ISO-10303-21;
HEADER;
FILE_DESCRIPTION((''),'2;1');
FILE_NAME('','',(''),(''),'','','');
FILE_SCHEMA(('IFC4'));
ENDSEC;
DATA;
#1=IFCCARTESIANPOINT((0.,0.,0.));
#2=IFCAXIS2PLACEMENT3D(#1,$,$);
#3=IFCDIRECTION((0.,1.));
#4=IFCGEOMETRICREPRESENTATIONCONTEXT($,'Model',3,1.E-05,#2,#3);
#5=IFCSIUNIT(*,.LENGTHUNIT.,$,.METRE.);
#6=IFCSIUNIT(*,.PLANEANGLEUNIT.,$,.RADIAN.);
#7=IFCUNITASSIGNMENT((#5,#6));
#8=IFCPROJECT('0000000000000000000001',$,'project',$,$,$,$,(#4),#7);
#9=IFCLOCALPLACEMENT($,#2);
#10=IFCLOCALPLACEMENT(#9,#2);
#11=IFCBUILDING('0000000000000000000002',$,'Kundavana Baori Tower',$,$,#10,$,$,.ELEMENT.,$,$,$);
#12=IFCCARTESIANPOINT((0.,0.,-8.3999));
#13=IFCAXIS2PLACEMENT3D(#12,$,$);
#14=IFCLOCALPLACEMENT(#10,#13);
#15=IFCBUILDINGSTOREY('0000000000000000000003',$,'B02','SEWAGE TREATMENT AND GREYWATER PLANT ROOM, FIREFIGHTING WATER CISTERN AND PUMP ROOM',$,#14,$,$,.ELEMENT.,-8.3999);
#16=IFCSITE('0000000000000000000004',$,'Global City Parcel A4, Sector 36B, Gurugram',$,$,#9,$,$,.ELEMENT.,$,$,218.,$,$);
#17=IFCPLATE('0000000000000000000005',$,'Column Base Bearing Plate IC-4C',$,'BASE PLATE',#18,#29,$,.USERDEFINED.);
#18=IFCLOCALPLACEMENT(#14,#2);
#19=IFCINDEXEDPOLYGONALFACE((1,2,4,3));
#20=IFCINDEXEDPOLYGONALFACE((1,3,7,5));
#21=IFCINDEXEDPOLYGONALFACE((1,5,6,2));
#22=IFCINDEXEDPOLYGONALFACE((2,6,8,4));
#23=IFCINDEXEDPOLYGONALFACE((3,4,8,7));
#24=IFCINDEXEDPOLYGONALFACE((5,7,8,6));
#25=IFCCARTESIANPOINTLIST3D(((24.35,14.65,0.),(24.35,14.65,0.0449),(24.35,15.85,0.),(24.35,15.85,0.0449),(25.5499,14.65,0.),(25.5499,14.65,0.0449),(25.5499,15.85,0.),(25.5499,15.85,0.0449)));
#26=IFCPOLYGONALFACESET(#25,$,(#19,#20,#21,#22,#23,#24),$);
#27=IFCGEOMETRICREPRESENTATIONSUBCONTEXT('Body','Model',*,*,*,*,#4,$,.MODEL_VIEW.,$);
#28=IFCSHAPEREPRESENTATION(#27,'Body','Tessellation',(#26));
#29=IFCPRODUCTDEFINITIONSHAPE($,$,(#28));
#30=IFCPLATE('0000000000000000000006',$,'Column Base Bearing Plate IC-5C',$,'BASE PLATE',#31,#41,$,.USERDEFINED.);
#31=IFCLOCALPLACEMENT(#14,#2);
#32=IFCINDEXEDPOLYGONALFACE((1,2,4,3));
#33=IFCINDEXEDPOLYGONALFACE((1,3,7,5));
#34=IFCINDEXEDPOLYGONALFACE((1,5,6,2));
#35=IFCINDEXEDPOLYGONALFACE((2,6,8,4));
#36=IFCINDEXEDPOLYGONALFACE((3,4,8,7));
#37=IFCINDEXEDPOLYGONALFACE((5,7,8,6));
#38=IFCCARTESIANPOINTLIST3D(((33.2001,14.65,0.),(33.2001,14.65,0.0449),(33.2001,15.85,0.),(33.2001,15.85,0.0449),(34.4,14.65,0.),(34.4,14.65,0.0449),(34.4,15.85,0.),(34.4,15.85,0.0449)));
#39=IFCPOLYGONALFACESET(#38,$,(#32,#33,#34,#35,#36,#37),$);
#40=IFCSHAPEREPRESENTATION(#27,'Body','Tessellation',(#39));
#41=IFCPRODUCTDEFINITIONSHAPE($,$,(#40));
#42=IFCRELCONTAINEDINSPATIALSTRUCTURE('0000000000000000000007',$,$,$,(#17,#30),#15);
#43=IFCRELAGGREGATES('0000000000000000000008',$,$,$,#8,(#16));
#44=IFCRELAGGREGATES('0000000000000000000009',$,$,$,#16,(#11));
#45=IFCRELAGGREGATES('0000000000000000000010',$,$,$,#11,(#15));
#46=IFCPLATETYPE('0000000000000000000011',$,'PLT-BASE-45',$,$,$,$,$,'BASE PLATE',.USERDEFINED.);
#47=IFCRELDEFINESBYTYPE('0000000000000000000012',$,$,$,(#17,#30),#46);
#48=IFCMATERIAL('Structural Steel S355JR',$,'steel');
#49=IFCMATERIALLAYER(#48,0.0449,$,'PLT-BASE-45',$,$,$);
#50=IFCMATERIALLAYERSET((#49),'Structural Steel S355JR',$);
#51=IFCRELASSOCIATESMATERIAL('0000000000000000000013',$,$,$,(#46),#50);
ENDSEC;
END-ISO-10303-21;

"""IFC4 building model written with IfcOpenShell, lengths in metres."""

from ifc_helpers import new_model, si_unit, direction, frame, origin, origin_2d, place, context, subcontext, project, spatial, rectangle, extrude, material, layer, layer_set, type_object, element, save


model = new_model("IFC4")

# Units and contexts
model_context = context("Model", 3, precision=1e-05, world=origin(), true_north=direction((0.0, 1.0)))
body_context = subcontext(model_context, "Body", "Model", "MODEL_VIEW")
ifc_project = project(units=[si_unit("LENGTHUNIT", "METRE"), si_unit("PLANEANGLEUNIT", "RADIAN")], contexts=[model_context])

# Site, building, storey
site_placement = place(None, origin())
site = spatial("IfcSite", under=ifc_project, at=site_placement, Name="Global City Parcel A4, Sector 36B, Gurugram", CompositionType="ELEMENT", RefElevation=218.0)
building_placement = place(site_placement, origin())
building = spatial("IfcBuilding", under=site, at=building_placement, Name="Kundavana Baori Tower", CompositionType="ELEMENT")
storey_placement = place(building_placement, frame((0.0, 0.0, -8.3999)))
storey = spatial("IfcBuildingStorey", under=building, at=storey_placement, Name="B02", Description="SEWAGE TREATMENT AND GREYWATER PLANT ROOM, FIREFIGHTING WATER CISTERN AND PUMP ROOM", CompositionType="ELEMENT", Elevation=-8.3999)

# Plates
ifc_material_1 = material(Name="Structural Steel S355JR", Category="steel")
ifc_layer = layer(ifc_material_1, 0.0449, Name="PLT-BASE-45")
ifc_layer_set = layer_set([ifc_layer], Name="Structural Steel S355JR")
plate_type = type_object("IfcPlateType", Name="PLT-BASE-45", ElementType="BASE PLATE", PredefinedType="USERDEFINED", material=ifc_layer_set)
for number, where, z_axis, x_axis, name in (
    (1, (24.95, 15.25, 0.0), (0.0, 0.0, 1.0), (1.0, 0.0, 0.0), "Column Base Bearing Plate IC-4C"),
    (2, (33.8, 15.25, 0.0), (0.0, 0.0, 1.0), (1.0, 0.0, 0.0), "Column Base Bearing Plate IC-5C"),
):
    element("IfcPlate", number, at=place(storey_placement, frame(where, z_axis=z_axis, x_axis=x_axis)), inside=storey, type_object=plate_type, Name=name, ObjectType="BASE PLATE", PredefinedType="USERDEFINED", context=body_context, shape_type="SweptSolid", body=[
        extrude(rectangle(XDim=1.2, YDim=1.2, at=origin_2d()), origin(), (0.0, 0.0, 1.0), 0.0449),
    ])

save(model, "model.ifc")
